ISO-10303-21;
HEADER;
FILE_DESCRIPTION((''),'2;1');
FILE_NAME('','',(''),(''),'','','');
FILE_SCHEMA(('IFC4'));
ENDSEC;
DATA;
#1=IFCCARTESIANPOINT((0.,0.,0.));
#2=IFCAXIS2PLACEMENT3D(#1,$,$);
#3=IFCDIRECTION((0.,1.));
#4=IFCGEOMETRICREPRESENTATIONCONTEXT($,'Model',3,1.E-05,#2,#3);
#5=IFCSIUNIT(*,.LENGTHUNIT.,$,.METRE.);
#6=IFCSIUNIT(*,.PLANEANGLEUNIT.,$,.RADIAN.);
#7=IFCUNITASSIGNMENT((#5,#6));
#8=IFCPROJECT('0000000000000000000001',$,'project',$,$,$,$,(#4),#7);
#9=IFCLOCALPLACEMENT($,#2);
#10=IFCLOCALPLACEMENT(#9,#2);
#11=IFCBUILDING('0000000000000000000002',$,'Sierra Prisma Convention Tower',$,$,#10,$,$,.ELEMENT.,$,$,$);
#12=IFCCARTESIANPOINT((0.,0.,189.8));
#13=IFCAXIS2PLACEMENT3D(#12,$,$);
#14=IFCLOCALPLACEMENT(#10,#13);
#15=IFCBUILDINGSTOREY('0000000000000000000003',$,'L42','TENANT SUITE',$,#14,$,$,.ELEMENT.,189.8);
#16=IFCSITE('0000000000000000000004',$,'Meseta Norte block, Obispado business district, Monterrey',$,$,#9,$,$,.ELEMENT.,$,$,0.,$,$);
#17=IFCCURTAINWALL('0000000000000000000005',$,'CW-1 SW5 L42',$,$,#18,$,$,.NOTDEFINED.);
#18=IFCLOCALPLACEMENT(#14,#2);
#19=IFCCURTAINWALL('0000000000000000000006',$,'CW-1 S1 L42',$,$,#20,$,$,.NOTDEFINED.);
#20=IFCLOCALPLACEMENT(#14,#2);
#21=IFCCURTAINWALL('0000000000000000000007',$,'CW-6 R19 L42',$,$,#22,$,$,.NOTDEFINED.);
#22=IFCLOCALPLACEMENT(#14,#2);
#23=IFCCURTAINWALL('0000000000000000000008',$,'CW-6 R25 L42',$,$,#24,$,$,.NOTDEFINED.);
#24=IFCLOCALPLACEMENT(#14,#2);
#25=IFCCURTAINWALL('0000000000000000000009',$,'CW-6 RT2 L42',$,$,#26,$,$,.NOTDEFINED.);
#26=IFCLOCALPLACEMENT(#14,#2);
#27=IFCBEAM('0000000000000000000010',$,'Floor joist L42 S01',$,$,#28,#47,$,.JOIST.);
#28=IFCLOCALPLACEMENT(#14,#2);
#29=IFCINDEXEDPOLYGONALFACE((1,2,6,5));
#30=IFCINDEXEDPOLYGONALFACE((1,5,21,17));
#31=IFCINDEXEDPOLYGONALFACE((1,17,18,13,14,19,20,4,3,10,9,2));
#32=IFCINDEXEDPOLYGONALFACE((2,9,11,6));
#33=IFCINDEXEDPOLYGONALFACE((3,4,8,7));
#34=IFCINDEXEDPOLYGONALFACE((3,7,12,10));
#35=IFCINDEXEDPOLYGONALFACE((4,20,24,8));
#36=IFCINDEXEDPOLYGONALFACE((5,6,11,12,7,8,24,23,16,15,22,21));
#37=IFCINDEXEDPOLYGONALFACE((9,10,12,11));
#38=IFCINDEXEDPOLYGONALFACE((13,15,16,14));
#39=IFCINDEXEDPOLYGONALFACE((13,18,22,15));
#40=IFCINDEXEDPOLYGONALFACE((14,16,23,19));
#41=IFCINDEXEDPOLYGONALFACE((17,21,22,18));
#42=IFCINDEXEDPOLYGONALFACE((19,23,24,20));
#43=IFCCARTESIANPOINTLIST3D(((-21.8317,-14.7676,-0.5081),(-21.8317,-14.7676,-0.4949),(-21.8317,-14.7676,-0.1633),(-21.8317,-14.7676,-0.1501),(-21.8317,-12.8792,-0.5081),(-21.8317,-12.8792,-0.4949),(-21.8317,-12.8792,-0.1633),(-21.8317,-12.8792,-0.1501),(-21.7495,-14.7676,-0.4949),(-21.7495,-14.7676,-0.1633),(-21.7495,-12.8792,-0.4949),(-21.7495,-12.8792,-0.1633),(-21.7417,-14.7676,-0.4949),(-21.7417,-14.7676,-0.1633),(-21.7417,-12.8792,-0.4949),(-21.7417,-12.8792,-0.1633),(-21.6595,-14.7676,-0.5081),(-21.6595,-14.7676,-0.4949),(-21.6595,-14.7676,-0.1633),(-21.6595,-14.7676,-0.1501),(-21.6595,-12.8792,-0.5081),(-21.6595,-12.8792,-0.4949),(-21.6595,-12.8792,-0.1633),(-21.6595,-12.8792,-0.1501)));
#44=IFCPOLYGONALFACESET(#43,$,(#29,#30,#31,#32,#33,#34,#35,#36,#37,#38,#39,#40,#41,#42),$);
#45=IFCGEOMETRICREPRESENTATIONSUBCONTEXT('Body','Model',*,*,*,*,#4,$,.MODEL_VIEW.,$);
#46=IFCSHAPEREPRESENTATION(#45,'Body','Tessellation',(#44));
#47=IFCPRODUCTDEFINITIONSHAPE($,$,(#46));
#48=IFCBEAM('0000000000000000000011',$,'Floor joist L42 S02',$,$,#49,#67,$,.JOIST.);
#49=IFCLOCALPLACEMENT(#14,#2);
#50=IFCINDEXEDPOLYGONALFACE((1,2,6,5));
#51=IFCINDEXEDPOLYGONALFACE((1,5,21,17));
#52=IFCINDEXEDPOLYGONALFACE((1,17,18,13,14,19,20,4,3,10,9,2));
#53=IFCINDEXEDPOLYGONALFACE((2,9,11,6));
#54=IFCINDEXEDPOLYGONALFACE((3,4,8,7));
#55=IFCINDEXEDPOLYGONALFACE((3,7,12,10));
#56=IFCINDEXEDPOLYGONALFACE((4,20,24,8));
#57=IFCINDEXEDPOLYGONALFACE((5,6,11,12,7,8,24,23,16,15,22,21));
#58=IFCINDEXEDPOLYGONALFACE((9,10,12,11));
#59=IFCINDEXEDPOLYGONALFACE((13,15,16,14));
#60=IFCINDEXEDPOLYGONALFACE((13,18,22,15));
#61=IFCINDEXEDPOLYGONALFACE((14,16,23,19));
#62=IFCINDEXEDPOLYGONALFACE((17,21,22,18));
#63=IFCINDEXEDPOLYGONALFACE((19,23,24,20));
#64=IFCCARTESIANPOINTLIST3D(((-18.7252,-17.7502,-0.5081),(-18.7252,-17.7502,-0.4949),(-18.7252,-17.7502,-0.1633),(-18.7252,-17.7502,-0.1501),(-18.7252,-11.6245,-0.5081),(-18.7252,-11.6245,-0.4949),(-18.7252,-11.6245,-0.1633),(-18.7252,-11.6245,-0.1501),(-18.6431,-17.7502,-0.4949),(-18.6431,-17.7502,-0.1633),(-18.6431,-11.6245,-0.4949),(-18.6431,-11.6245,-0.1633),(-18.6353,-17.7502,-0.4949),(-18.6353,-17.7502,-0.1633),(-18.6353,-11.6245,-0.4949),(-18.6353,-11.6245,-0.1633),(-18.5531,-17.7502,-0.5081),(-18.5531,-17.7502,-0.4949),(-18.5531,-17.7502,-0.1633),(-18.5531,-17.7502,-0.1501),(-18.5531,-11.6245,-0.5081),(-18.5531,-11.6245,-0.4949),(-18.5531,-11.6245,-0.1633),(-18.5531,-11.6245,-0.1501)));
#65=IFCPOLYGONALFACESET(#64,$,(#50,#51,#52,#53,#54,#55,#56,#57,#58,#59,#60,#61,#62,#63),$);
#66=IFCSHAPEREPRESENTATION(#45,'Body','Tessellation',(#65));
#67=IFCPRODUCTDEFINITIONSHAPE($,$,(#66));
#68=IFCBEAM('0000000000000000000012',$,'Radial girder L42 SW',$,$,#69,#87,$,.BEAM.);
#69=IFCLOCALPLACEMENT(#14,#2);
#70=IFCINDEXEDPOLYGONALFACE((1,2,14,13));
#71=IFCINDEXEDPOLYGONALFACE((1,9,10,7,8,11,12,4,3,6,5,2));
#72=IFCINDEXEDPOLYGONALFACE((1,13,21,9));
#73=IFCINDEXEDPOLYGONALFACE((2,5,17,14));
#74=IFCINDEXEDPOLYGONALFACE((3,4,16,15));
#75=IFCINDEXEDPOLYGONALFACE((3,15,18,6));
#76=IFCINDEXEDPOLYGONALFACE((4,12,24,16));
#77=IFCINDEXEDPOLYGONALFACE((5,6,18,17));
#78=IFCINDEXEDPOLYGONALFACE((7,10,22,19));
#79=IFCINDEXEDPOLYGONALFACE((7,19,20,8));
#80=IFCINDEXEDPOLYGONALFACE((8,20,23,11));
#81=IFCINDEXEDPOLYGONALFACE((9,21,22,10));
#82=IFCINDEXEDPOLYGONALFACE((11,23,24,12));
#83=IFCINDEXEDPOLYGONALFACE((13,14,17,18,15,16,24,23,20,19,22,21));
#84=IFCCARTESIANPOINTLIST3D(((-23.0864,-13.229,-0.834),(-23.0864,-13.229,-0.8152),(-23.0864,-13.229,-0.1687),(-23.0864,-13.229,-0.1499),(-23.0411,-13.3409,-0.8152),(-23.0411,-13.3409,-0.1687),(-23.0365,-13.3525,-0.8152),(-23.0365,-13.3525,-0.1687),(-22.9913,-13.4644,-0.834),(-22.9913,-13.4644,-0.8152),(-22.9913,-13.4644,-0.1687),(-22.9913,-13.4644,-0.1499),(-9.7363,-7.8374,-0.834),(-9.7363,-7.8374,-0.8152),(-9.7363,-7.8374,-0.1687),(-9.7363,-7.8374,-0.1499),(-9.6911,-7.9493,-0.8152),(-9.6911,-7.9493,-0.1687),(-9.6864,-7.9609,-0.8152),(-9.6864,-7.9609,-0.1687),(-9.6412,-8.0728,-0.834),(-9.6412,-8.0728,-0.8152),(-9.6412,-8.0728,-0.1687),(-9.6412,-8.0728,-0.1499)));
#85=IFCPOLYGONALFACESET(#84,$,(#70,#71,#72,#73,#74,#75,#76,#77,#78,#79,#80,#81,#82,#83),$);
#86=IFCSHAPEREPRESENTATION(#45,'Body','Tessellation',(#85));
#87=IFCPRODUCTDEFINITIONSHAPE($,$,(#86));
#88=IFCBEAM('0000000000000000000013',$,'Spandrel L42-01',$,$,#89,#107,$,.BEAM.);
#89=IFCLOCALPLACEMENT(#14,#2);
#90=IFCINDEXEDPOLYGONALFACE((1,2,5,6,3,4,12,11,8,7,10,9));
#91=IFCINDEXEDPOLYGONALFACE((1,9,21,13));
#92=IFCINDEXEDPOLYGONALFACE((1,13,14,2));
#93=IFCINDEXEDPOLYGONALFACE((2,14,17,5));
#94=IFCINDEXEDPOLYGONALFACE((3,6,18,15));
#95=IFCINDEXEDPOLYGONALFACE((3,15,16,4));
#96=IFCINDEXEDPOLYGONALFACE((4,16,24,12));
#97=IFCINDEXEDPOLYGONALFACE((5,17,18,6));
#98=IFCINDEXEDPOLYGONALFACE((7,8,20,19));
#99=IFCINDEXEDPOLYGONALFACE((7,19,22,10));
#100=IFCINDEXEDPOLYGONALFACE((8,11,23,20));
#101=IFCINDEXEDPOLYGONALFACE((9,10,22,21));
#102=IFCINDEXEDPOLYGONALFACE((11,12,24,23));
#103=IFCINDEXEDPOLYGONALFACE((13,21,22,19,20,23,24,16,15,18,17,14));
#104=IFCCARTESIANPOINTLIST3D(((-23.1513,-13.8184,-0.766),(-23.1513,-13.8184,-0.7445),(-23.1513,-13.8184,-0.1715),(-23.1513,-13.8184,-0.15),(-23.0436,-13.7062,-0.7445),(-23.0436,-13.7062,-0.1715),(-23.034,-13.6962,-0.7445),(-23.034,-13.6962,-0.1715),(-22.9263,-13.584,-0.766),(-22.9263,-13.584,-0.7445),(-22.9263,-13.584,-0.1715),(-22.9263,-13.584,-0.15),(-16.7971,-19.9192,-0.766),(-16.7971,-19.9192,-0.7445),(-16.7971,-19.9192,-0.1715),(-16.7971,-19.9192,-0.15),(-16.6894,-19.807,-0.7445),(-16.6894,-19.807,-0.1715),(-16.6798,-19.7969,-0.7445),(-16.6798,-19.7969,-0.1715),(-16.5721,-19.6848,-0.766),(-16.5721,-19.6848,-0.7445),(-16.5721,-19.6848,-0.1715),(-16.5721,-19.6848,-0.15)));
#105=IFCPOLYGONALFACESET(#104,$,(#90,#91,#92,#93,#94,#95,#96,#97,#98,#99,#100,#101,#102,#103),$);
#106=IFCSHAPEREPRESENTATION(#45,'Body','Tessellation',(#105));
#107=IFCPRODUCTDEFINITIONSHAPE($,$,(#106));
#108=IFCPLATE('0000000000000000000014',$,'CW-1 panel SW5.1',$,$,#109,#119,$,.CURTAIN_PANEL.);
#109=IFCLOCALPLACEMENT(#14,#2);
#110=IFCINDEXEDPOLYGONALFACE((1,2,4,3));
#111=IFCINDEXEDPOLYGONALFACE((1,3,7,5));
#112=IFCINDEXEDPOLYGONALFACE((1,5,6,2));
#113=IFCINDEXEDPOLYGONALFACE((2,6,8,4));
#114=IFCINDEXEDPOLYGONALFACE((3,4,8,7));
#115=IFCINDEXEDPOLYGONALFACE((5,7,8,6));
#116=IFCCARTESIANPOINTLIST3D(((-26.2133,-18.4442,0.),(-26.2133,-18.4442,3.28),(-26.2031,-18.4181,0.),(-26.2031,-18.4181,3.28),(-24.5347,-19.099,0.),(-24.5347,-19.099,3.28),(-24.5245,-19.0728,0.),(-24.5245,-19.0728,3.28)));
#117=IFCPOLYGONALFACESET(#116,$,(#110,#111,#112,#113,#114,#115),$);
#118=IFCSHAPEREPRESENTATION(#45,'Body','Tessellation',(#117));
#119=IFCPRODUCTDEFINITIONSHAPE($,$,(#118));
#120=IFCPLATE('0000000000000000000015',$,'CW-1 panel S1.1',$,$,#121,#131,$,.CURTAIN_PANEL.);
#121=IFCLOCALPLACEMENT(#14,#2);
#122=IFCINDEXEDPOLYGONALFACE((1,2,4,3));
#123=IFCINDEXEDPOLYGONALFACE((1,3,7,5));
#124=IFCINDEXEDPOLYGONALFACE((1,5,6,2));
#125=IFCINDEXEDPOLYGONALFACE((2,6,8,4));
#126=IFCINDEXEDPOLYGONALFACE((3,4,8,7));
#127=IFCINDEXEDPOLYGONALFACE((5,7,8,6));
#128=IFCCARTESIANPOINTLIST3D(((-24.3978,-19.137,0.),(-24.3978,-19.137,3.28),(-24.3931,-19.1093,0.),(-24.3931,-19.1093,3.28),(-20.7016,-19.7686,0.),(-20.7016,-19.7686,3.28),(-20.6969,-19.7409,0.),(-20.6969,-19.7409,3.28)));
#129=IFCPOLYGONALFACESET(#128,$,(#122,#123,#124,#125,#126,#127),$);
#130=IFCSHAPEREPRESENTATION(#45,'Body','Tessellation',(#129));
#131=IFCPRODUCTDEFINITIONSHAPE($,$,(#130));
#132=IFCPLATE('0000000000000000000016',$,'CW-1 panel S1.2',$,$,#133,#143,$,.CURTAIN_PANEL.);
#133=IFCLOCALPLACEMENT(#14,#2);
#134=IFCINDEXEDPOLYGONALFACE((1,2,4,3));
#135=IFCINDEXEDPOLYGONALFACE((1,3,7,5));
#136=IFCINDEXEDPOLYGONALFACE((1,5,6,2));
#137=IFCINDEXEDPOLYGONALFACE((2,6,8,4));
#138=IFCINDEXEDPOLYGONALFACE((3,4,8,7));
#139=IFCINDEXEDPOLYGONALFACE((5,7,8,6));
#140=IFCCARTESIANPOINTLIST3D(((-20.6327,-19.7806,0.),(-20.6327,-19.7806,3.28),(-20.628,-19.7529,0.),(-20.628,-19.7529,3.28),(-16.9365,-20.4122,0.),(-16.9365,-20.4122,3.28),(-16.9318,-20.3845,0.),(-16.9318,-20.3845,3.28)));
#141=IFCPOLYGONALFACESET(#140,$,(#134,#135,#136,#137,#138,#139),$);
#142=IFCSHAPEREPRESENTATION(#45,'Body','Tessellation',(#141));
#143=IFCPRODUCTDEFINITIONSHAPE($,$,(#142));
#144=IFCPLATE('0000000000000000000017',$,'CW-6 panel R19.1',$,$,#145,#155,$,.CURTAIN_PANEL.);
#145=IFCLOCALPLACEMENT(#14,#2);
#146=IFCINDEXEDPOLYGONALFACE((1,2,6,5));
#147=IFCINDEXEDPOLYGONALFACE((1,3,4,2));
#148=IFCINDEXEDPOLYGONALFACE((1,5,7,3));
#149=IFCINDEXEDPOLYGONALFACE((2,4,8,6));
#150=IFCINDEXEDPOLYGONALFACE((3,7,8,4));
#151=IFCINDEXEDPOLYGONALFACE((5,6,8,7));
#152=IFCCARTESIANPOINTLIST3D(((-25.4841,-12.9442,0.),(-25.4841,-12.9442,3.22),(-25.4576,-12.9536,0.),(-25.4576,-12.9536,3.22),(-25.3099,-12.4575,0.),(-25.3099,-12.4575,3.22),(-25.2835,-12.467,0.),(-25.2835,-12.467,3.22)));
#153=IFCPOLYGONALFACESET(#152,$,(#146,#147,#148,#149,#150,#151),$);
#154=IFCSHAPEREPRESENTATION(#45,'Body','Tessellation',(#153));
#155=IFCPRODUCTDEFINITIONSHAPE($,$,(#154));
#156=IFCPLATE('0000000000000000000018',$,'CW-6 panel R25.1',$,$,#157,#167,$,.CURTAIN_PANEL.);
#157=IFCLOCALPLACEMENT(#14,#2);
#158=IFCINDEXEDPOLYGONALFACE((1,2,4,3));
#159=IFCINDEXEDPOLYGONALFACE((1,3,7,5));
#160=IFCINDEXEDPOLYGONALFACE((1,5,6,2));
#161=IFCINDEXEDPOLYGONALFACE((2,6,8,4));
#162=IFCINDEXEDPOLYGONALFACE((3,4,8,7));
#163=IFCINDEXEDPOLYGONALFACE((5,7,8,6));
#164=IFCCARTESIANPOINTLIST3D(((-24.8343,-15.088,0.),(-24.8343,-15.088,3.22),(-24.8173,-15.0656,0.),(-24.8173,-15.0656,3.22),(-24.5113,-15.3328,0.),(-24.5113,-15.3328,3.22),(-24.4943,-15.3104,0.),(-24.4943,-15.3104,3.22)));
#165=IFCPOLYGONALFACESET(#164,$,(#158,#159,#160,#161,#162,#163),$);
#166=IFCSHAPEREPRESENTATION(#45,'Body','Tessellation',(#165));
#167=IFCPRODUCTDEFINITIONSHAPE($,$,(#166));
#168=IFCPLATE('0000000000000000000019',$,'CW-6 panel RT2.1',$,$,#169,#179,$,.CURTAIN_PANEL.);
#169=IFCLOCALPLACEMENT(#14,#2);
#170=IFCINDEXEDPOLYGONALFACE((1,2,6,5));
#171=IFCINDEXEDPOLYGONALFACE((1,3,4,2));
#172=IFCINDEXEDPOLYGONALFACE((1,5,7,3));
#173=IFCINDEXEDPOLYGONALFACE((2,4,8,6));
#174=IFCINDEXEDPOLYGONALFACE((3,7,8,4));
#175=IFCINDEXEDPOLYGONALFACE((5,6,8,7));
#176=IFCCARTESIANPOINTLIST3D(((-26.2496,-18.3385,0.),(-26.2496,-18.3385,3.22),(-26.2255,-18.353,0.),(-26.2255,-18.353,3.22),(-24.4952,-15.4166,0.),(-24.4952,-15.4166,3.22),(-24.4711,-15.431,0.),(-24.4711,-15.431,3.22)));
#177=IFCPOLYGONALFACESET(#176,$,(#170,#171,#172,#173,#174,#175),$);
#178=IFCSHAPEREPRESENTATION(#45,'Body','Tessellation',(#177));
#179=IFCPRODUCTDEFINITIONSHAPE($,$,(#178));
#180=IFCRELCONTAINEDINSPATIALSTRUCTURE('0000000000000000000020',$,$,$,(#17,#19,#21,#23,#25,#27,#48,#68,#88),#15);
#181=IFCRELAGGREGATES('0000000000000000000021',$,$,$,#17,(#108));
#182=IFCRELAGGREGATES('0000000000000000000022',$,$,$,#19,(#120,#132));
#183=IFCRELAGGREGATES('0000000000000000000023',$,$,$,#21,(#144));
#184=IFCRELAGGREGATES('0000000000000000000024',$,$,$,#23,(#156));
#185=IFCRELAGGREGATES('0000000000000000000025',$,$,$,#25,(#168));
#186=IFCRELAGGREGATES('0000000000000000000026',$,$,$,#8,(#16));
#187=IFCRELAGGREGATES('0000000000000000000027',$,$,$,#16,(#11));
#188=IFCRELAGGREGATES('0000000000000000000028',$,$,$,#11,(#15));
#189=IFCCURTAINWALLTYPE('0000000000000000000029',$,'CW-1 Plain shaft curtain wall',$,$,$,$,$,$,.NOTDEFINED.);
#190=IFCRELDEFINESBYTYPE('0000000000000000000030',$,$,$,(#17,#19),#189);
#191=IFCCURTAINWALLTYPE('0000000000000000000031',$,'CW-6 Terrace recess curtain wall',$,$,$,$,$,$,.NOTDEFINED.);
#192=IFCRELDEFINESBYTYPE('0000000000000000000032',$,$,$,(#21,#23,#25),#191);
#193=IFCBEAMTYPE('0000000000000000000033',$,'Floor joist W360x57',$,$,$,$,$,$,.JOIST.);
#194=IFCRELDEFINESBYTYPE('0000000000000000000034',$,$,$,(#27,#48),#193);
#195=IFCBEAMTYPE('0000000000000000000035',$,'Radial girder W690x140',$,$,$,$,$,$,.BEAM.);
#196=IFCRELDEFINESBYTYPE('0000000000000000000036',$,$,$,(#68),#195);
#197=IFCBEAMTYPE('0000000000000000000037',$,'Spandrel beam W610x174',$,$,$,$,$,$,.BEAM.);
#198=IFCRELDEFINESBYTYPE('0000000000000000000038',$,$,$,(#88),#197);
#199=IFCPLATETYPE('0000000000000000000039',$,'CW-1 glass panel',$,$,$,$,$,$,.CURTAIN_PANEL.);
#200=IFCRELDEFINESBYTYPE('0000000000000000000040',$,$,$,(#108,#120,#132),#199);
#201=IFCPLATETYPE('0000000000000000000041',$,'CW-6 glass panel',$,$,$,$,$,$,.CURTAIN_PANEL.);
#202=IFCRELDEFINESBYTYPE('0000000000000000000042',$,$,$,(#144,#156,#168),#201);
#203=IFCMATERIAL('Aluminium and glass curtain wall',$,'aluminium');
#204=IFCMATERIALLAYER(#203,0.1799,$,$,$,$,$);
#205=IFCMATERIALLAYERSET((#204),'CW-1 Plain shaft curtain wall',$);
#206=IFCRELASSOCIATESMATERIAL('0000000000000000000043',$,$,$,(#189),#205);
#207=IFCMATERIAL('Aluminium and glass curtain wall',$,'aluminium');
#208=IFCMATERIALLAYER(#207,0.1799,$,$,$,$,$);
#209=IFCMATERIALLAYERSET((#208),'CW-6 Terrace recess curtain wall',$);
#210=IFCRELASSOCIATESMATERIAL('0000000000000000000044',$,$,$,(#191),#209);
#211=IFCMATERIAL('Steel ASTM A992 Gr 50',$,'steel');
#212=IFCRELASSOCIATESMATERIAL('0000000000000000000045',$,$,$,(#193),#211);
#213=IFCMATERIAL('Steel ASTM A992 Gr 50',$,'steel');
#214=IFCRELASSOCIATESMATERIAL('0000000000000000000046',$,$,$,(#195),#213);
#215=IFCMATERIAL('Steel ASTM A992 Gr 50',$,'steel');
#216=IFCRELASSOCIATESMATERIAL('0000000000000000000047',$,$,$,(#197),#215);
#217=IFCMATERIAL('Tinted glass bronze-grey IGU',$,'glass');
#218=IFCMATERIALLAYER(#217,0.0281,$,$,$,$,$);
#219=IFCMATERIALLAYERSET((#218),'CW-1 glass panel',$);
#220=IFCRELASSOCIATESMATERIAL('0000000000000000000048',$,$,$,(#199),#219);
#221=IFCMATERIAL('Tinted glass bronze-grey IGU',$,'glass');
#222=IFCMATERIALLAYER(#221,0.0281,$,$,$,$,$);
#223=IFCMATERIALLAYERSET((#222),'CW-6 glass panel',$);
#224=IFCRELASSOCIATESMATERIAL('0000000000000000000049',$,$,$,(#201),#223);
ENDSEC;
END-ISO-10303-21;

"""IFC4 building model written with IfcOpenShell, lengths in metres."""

from ifc_helpers import new_model, si_unit, direction, frame, origin, origin_2d, place, context, subcontext, project, spatial, rectangle, i_section, extrude, material, layer, layer_set, material_profile, profile_set, type_object, element, aggregate, save


model = new_model("IFC4")

# Units and contexts
model_context = context("Model", 3, precision=1e-05, world=origin(), true_north=direction((0.0, 1.0)))
body_context = subcontext(model_context, "Body", "Model", "MODEL_VIEW")
ifc_project = project(units=[si_unit("LENGTHUNIT", "METRE"), si_unit("PLANEANGLEUNIT", "RADIAN")], contexts=[model_context])

# Site, building, storey
site_placement = place(None, origin())
site = spatial("IfcSite", under=ifc_project, at=site_placement, Name="Meseta Norte block, Obispado business district, Monterrey", CompositionType="ELEMENT", RefElevation=0.0)
building_placement = place(site_placement, origin())
building = spatial("IfcBuilding", under=site, at=building_placement, Name="Sierra Prisma Convention Tower", CompositionType="ELEMENT")
storey_placement = place(building_placement, frame((0.0, 0.0, 189.8)))
storey = spatial("IfcBuildingStorey", under=building, at=storey_placement, Name="L42", Description="TENANT SUITE", CompositionType="ELEMENT", Elevation=189.8)

# Curtain wall
ifc_material_1 = material(Name="Aluminium and glass curtain wall", Category="aluminium")
ifc_layer_1 = layer(ifc_material_1, 0.1799)
ifc_layer_set_1 = layer_set([ifc_layer_1], Name="CW-1 Plain shaft curtain wall")
curtain_wall_type_1 = type_object("IfcCurtainWallType", Name="CW-1 Plain shaft curtain wall", PredefinedType="NOTDEFINED", material=ifc_layer_set_1)
curtain_wall_1_placement = place(storey_placement, origin())
curtain_wall_1 = element("IfcCurtainWall", 1, at=curtain_wall_1_placement, inside=storey, type_object=curtain_wall_type_1, Name="CW-1 SW5 L42", PredefinedType="NOTDEFINED")

# Curtain wall
curtain_wall_2_placement = place(storey_placement, origin())
curtain_wall_2 = element("IfcCurtainWall", 2, at=curtain_wall_2_placement, inside=storey, type_object=curtain_wall_type_1, Name="CW-1 S1 L42", PredefinedType="NOTDEFINED")

# Curtain wall
ifc_material_2 = material(Name="Aluminium and glass curtain wall", Category="aluminium")
ifc_layer_2 = layer(ifc_material_2, 0.1799)
ifc_layer_set_2 = layer_set([ifc_layer_2], Name="CW-6 Terrace recess curtain wall")
curtain_wall_type_2 = type_object("IfcCurtainWallType", Name="CW-6 Terrace recess curtain wall", PredefinedType="NOTDEFINED", material=ifc_layer_set_2)
curtain_wall_3_placement = place(storey_placement, origin())
curtain_wall_3 = element("IfcCurtainWall", 3, at=curtain_wall_3_placement, inside=storey, type_object=curtain_wall_type_2, Name="CW-6 R19 L42", PredefinedType="NOTDEFINED")

# Curtain wall
curtain_wall_4_placement = place(storey_placement, origin())
curtain_wall_4 = element("IfcCurtainWall", 4, at=curtain_wall_4_placement, inside=storey, type_object=curtain_wall_type_2, Name="CW-6 R25 L42", PredefinedType="NOTDEFINED")

# Curtain wall
curtain_wall_5_placement = place(storey_placement, origin())
curtain_wall_5 = element("IfcCurtainWall", 5, at=curtain_wall_5_placement, inside=storey, type_object=curtain_wall_type_2, Name="CW-6 RT2 L42", PredefinedType="NOTDEFINED")

# Beams
ifc_material_3 = material(Name="Steel ASTM A992 Gr 50", Category="steel")
ifc_material_profile_1 = material_profile(ifc_material_3, i_section(OverallWidth=0.1721, OverallDepth=0.3579, WebThickness=0.0078, FlangeThickness=0.0132, at=origin_2d()), Name="W360x57")
ifc_profile_set_1 = profile_set([ifc_material_profile_1], Name="Steel ASTM A992 Gr 50")
beam_type_1 = type_object("IfcBeamType", Name="Floor joist W360x57", PredefinedType="JOIST", material=ifc_profile_set_1)
beam_1_placement = place(storey_placement, frame((-21.7456, -14.7676, -0.3291), z_axis=(0.0, 1.0, 0.0), x_axis=(-1.0, 0.0, 0.0)))
element("IfcBeam", 6, at=beam_1_placement, inside=storey, type_object=beam_type_1, Name="Floor joist L42 S01", PredefinedType="JOIST", context=body_context, shape_type="SweptSolid", body=[
    extrude(i_section(OverallWidth=0.1721, OverallDepth=0.3579, WebThickness=0.0078, FlangeThickness=0.0132, at=origin_2d()), origin(), (0.0, 0.0, 1.0), 1.8884),
])
beam_2_placement = place(storey_placement, frame((-18.6392, -17.7502, -0.3291), z_axis=(0.0, 1.0, 0.0), x_axis=(-1.0, 0.0, 0.0)))
element("IfcBeam", 7, at=beam_2_placement, inside=storey, type_object=beam_type_1, Name="Floor joist L42 S02", PredefinedType="JOIST", context=body_context, shape_type="SweptSolid", body=[
    extrude(i_section(OverallWidth=0.1721, OverallDepth=0.3579, WebThickness=0.0078, FlangeThickness=0.0132, at=origin_2d()), origin(), (0.0, 0.0, 1.0), 6.1257),
])
ifc_material_4 = material(Name="Steel ASTM A992 Gr 50", Category="steel")
ifc_material_profile_2 = material_profile(ifc_material_4, i_section(OverallWidth=0.2539, OverallDepth=0.6841, WebThickness=0.0125, FlangeThickness=0.0188, at=origin_2d()), Name="W690x140")
ifc_profile_set_2 = profile_set([ifc_material_profile_2], Name="Steel ASTM A992 Gr 50")
beam_type_2 = type_object("IfcBeamType", Name="Radial girder W690x140", PredefinedType="BEAM", material=ifc_profile_set_2)
beam_3_placement = place(storey_placement, frame((-23.0388, -13.3467, -0.4919), z_axis=(0.927237, 0.374476, 0.0), x_axis=(-0.374476, 0.927237, 0.0)))
element("IfcBeam", 8, at=beam_3_placement, inside=storey, type_object=beam_type_2, Name="Radial girder L42 SW", PredefinedType="BEAM", context=body_context, shape_type="SweptSolid", body=[
    extrude(i_section(OverallWidth=0.2539, OverallDepth=0.6841, WebThickness=0.0125, FlangeThickness=0.0188, at=origin_2d()), origin(), (0.0, 0.0, 1.0), 14.3977),
])
ifc_material_5 = material(Name="Steel ASTM A992 Gr 50", Category="steel")
ifc_material_profile_3 = material_profile(ifc_material_5, i_section(OverallWidth=0.325, OverallDepth=0.616, WebThickness=0.0139, FlangeThickness=0.0215, at=origin_2d()), Name="W610x174")
ifc_profile_set_3 = profile_set([ifc_material_profile_3], Name="Steel ASTM A992 Gr 50")
beam_type_3 = type_object("IfcBeamType", Name="Spandrel beam W610x174", PredefinedType="BEAM", material=ifc_profile_set_3)
beam_4_placement = place(storey_placement, frame((-23.0388, -13.7012, -0.458), z_axis=(0.721345, -0.692576, 0.0), x_axis=(0.692576, 0.721345, 0.0)))
element("IfcBeam", 9, at=beam_4_placement, inside=storey, type_object=beam_type_3, Name="Spandrel L42-01", PredefinedType="BEAM", context=body_context, shape_type="SweptSolid", body=[
    extrude(i_section(OverallWidth=0.325, OverallDepth=0.616, WebThickness=0.0139, FlangeThickness=0.0215, at=origin_2d()), origin(), (0.0, 0.0, 1.0), 8.8088),
])

# Plates
ifc_material_6 = material(Name="Tinted glass bronze-grey IGU", Category="glass")
ifc_layer_3 = layer(ifc_material_6, 0.0281)
ifc_layer_set_3 = layer_set([ifc_layer_3], Name="CW-1 glass panel")
plate_type_1 = type_object("IfcPlateType", Name="CW-1 glass panel", PredefinedType="CURTAIN_PANEL", material=ifc_layer_set_3)
plate_1_placement = place(storey_placement, frame((-25.3689, -18.7585, 0.0), z_axis=(0.0, 0.0, 1.0), x_axis=(0.931633, -0.3634, 0.0)))
plate_1 = element("IfcPlate", 10, at=plate_1_placement, type_object=plate_type_1, Name="CW-1 panel SW5.1", PredefinedType="CURTAIN_PANEL", context=body_context, shape_type="SweptSolid", body=[
    extrude(rectangle(XDim=1.8018, YDim=0.0281, at=origin_2d()), origin(), (0.0, 0.0, 1.0), 3.28),
])
aggregate(curtain_wall_1, [plate_1])
plate_2_placement = place(storey_placement, frame((-22.5474, -19.439, 0.0), z_axis=(0.0, 0.0, 1.0), x_axis=(0.985712, -0.168438, 0.0)))
plate_2 = element("IfcPlate", 11, at=plate_2_placement, type_object=plate_type_1, Name="CW-1 panel S1.1", PredefinedType="CURTAIN_PANEL", context=body_context, shape_type="SweptSolid", body=[
    extrude(rectangle(XDim=3.7498, YDim=0.0281, at=origin_2d()), origin(), (0.0, 0.0, 1.0), 3.28),
])
plate_3_placement = place(storey_placement, frame((-18.7822, -20.0825, 0.0), z_axis=(0.0, 0.0, 1.0), x_axis=(0.985712, -0.168438, 0.0)))
plate_3 = element("IfcPlate", 12, at=plate_3_placement, type_object=plate_type_1, Name="CW-1 panel S1.2", PredefinedType="CURTAIN_PANEL", context=body_context, shape_type="SweptSolid", body=[
    extrude(rectangle(XDim=3.7498, YDim=0.0281, at=origin_2d()), origin(), (0.0, 0.0, 1.0), 3.28),
])
aggregate(curtain_wall_2, [plate_2, plate_3])
ifc_material_7 = material(Name="Tinted glass bronze-grey IGU", Category="glass")
ifc_layer_4 = layer(ifc_material_7, 0.0281)
ifc_layer_set_4 = layer_set([ifc_layer_4], Name="CW-6 glass panel")
plate_type_2 = type_object("IfcPlateType", Name="CW-6 glass panel", PredefinedType="CURTAIN_PANEL", material=ifc_layer_set_4)
plate_4_placement = place(storey_placement, frame((-25.3838, -12.7056, 0.0), z_axis=(0.0, 0.0, 1.0), x_axis=(-0.33689, -0.941544, 0.0)))
plate_4 = element("IfcPlate", 13, at=plate_4_placement, type_object=plate_type_2, Name="CW-6 panel R19.1", PredefinedType="CURTAIN_PANEL", context=body_context, shape_type="SweptSolid", body=[
    extrude(rectangle(XDim=0.5168, YDim=0.0281, at=origin_2d()), origin(), (0.0, 0.0, 1.0), 3.22),
])
aggregate(curtain_wall_3, [plate_4])
plate_5_placement = place(storey_placement, frame((-24.6643, -15.1992, 0.0), z_axis=(0.0, 0.0, 1.0), x_axis=(0.796994, -0.603988, 0.0)))
plate_5 = element("IfcPlate", 14, at=plate_5_placement, type_object=plate_type_2, Name="CW-6 panel R25.1", PredefinedType="CURTAIN_PANEL", context=body_context, shape_type="SweptSolid", body=[
    extrude(rectangle(XDim=0.4053, YDim=0.0281, at=origin_2d()), origin(), (0.0, 0.0, 1.0), 3.22),
])
aggregate(curtain_wall_4, [plate_5])
plate_6_placement = place(storey_placement, frame((-25.3604, -16.8848, 0.0), z_axis=(0.0, 0.0, 1.0), x_axis=(-0.514767, -0.85733, 0.0)))
plate_6 = element("IfcPlate", 15, at=plate_6_placement, type_object=plate_type_2, Name="CW-6 panel RT2.1", PredefinedType="CURTAIN_PANEL", context=body_context, shape_type="SweptSolid", body=[
    extrude(rectangle(XDim=3.4082, YDim=0.0281, at=origin_2d()), origin(), (0.0, 0.0, 1.0), 3.22),
])
aggregate(curtain_wall_5, [plate_6])

save(model, "model.ifc")
